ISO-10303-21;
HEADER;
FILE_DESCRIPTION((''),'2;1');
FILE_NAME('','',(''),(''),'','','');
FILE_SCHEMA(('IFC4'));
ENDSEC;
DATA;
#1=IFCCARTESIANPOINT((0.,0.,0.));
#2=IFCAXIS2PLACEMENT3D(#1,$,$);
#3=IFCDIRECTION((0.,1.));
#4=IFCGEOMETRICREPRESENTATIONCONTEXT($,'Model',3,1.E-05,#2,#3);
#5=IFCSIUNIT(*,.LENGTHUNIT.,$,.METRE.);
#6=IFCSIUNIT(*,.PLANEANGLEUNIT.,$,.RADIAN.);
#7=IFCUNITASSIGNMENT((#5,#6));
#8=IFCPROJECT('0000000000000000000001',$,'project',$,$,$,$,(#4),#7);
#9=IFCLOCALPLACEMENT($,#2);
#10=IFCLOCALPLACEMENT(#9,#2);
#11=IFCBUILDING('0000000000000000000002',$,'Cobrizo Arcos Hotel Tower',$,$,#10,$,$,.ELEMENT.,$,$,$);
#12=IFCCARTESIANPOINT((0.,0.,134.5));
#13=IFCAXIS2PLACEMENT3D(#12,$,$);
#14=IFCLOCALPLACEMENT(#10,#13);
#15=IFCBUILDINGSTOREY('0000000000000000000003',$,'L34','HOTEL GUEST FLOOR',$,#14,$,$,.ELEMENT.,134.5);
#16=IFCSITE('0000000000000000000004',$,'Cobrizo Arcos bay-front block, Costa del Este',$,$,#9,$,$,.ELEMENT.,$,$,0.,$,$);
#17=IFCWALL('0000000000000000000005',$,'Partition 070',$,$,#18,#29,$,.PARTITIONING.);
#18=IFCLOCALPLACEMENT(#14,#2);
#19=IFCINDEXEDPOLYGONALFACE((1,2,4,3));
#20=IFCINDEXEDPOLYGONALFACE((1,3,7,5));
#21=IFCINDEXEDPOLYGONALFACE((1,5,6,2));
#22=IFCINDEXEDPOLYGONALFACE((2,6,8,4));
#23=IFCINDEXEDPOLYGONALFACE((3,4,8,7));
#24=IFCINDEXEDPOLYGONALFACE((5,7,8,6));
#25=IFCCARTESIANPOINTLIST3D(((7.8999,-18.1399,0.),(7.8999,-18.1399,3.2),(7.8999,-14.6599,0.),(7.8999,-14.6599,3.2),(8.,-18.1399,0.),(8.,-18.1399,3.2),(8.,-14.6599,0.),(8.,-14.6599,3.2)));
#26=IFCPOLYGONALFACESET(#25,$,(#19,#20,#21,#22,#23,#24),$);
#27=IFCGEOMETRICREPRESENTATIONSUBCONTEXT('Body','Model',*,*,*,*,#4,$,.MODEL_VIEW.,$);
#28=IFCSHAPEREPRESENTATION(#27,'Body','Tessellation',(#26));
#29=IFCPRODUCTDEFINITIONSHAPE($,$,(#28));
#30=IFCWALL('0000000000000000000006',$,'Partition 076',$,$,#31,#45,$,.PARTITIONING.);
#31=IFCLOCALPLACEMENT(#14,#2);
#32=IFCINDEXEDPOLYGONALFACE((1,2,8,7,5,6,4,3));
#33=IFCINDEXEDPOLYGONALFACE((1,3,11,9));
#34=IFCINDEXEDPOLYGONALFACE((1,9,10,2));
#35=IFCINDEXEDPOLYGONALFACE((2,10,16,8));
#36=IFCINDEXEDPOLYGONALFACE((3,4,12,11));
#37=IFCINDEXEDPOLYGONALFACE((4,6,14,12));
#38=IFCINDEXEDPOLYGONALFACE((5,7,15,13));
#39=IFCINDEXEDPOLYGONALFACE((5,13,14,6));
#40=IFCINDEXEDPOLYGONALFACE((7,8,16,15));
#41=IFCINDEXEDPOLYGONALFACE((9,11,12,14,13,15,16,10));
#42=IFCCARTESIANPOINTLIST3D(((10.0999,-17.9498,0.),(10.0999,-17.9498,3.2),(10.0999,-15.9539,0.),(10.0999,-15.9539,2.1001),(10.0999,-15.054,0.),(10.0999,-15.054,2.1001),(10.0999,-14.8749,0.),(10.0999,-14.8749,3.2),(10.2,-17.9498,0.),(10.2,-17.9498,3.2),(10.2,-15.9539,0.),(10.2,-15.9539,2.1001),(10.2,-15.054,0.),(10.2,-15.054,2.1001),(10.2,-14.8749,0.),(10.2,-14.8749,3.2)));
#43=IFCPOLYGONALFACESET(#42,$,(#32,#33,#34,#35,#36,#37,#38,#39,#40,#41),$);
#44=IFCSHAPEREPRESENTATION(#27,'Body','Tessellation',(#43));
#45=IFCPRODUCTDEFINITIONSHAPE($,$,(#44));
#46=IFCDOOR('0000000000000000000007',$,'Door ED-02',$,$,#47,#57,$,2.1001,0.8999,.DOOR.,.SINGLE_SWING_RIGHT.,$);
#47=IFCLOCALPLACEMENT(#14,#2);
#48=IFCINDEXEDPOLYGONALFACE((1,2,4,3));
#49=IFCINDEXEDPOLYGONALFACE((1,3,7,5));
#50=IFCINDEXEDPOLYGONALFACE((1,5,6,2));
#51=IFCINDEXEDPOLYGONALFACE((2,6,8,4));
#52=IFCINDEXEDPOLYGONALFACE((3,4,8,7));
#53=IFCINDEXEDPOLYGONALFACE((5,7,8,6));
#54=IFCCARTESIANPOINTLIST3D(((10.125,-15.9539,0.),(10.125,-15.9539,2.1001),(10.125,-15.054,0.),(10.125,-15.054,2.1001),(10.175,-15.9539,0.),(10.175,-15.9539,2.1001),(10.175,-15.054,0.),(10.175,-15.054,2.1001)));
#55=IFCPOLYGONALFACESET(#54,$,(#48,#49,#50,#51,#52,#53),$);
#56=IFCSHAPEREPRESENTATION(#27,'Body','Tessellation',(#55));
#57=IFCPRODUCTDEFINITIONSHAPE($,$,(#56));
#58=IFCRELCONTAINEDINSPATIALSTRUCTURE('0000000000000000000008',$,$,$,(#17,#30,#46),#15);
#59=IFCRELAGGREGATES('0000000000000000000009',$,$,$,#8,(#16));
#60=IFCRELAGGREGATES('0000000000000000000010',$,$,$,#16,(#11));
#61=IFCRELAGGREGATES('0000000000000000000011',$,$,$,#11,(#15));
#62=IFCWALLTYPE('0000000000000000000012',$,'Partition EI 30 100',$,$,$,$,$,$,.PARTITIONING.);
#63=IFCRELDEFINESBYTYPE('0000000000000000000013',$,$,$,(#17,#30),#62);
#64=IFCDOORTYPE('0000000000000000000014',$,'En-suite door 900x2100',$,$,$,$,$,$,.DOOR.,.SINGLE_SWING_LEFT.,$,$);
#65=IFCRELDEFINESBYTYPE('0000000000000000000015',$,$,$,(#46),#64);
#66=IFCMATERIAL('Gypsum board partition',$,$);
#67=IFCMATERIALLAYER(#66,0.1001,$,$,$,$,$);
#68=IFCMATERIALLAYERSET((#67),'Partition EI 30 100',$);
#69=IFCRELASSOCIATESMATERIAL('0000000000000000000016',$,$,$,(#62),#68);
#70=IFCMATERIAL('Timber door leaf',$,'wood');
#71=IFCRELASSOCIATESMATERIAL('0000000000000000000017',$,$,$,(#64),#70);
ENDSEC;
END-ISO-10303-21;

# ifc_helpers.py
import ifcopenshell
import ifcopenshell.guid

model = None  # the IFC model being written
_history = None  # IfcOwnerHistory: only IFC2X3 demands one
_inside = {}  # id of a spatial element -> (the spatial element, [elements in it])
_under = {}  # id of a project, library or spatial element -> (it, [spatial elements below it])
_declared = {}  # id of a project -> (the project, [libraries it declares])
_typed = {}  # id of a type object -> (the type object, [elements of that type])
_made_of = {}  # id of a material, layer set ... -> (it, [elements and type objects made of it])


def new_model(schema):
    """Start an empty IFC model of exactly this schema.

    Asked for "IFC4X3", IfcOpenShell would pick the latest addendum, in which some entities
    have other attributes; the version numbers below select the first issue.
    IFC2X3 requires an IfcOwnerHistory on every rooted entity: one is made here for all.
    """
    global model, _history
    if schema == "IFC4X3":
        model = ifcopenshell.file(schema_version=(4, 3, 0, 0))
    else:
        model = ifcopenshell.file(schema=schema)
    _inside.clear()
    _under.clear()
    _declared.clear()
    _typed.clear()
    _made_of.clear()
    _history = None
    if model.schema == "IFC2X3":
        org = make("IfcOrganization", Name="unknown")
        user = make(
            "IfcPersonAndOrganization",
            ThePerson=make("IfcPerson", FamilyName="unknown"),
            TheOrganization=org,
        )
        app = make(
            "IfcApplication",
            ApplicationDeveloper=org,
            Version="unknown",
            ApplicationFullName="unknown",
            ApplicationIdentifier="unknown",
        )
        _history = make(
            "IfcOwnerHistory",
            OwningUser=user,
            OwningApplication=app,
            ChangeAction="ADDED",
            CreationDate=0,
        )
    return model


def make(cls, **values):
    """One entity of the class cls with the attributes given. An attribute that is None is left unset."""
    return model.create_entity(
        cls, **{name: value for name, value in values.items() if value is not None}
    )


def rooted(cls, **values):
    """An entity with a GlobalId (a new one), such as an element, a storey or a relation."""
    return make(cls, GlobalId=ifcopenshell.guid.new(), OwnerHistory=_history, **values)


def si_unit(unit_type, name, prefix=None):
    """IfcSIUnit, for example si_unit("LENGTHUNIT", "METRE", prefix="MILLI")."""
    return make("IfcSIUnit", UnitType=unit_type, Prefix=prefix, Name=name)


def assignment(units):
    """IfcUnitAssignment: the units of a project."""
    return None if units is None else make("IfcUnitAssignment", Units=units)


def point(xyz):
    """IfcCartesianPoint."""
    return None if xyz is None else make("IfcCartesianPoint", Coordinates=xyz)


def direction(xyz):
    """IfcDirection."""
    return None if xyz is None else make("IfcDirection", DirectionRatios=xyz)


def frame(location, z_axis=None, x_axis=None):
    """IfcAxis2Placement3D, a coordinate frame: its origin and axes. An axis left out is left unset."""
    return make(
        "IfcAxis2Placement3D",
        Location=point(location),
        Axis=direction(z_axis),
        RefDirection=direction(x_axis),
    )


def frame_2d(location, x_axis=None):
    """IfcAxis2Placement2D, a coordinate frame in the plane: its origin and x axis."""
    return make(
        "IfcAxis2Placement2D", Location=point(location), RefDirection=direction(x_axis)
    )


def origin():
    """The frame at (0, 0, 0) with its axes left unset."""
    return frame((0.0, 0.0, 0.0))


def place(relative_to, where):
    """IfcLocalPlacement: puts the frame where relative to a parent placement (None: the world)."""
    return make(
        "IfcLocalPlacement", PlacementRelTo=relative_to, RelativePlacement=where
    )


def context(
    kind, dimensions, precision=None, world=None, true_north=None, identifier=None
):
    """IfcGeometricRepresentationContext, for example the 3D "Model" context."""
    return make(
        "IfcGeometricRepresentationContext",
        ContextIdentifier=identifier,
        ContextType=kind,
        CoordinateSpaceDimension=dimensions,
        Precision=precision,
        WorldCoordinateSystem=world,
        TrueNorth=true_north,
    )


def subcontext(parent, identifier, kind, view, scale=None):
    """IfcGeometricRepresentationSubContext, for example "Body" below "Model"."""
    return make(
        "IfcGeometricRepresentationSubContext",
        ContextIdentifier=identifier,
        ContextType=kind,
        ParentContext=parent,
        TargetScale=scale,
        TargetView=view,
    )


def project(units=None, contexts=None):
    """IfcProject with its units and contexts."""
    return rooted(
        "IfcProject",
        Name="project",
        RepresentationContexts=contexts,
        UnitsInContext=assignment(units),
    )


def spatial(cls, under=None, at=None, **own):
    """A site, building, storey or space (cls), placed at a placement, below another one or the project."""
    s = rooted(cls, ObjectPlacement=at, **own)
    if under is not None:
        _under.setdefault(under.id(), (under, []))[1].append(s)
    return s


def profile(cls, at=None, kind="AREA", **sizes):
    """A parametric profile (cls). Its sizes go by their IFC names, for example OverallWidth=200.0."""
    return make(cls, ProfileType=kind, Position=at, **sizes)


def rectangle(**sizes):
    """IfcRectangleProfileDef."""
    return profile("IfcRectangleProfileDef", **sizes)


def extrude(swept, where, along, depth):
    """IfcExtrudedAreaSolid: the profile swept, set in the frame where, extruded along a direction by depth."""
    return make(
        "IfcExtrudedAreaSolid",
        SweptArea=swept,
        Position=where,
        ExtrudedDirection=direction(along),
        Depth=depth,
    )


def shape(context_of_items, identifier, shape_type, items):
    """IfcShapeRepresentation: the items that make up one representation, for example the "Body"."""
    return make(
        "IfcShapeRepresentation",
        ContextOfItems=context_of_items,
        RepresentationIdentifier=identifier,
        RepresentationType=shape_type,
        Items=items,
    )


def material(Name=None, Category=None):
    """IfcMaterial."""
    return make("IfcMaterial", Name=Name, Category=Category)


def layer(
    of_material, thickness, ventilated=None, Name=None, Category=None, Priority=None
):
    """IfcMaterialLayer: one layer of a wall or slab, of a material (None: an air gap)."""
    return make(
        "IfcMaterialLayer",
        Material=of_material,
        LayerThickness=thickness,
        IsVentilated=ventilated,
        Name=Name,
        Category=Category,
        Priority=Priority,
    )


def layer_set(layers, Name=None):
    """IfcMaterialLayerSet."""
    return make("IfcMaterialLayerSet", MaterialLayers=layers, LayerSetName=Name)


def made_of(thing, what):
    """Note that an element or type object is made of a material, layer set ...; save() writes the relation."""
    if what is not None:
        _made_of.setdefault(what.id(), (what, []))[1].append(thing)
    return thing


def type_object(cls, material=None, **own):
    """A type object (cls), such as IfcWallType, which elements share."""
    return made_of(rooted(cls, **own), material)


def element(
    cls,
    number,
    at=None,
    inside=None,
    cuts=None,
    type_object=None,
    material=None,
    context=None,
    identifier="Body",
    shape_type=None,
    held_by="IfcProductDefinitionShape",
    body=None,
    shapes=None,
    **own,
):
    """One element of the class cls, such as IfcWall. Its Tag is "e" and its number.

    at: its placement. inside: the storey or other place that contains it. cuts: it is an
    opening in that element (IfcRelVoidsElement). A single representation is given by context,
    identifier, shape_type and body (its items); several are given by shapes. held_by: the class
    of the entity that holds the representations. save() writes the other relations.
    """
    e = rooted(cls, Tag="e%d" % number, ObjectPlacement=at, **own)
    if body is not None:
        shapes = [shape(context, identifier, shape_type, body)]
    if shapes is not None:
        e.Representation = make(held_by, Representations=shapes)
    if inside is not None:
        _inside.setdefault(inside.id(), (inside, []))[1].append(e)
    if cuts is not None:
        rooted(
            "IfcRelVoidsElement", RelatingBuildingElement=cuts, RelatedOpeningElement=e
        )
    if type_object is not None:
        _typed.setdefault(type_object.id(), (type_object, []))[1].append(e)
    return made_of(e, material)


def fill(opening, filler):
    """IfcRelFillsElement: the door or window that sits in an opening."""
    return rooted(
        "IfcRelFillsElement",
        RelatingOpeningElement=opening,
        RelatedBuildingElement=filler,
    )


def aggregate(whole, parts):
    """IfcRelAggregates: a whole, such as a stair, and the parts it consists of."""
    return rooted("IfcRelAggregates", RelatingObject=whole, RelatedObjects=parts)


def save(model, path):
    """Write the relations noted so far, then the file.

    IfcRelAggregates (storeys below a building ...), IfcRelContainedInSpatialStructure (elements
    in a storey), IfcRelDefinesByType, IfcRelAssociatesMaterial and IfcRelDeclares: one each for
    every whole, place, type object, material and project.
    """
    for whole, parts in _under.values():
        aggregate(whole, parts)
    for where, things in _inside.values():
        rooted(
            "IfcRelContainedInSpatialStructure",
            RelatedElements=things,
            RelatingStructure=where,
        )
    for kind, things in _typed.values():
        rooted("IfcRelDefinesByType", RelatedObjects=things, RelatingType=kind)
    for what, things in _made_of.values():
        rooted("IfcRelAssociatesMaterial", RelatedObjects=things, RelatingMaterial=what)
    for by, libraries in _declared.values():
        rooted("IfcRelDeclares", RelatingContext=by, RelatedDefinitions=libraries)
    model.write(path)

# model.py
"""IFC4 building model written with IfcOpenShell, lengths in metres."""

from ifc_helpers import new_model, si_unit, direction, frame, frame_2d, origin, place, context, subcontext, project, spatial, rectangle, extrude, material, layer, layer_set, type_object, element, fill, save


model = new_model("IFC4")

# Units and contexts
model_context = context("Model", 3, precision=1e-05, world=origin(), true_north=direction((0.0, 1.0)))
body_context = subcontext(model_context, "Body", "Model", "MODEL_VIEW")
ifc_project = project(units=[si_unit("LENGTHUNIT", "METRE"), si_unit("PLANEANGLEUNIT", "RADIAN")], contexts=[model_context])

# Site, building, storey
site_placement = place(None, origin())
site = spatial("IfcSite", under=ifc_project, at=site_placement, Name="Cobrizo Arcos bay-front block, Costa del Este", CompositionType="ELEMENT", RefElevation=0.0)
building_placement = place(site_placement, origin())
building = spatial("IfcBuilding", under=site, at=building_placement, Name="Cobrizo Arcos Hotel Tower", CompositionType="ELEMENT")
storey_placement = place(building_placement, frame((0.0, 0.0, 134.5)))
storey = spatial("IfcBuildingStorey", under=building, at=storey_placement, Name="L34", Description="HOTEL GUEST FLOOR", CompositionType="ELEMENT", Elevation=134.5)

# Shared definitions
ifc_material_1 = material(Name="Gypsum board partition")
ifc_material_2 = material(Name="Timber door leaf", Category="wood")

# Wall
ifc_layer_1 = layer(ifc_material_1, 0.1001)
ifc_layer_set_1 = layer_set([ifc_layer_1], Name="Partition EI 30 100")
wall_type_1 = type_object("IfcWallType", Name="Partition EI 30 100", PredefinedType="PARTITIONING", material=ifc_layer_set_1)
wall_1_placement = place(storey_placement, frame((7.95, -18.1399, 0.0), z_axis=(0.0, 0.0, 1.0), x_axis=(0.0, 1.0, 0.0)))
element("IfcWall", 1, at=wall_1_placement, inside=storey, type_object=wall_type_1, Name="Partition 070", PredefinedType="PARTITIONING", context=body_context, shape_type="SweptSolid", body=[
    extrude(rectangle(XDim=3.48, YDim=0.1001, at=frame_2d((1.74, 0.0))), origin(), (0.0, 0.0, 1.0), 3.2),
])

# Wall, opening, door
wall_2_placement = place(storey_placement, frame((10.1499, -17.95, 0.0), z_axis=(0.0, 0.0, 1.0), x_axis=(0.0, 1.0, 0.0)))
wall_2 = element("IfcWall", 2, at=wall_2_placement, inside=storey, type_object=wall_type_1, Name="Partition 076", PredefinedType="PARTITIONING", context=body_context, shape_type="SweptSolid", body=[
    extrude(rectangle(XDim=3.075, YDim=0.1001, at=frame_2d((1.5376, 0.0))), origin(), (0.0, 0.0, 1.0), 3.2),
])
opening_1_placement = place(wall_2_placement, frame((1.9961, 0.0, 0.0)))
opening_1 = element("IfcOpeningElement", 3, at=opening_1_placement, cuts=wall_2, PredefinedType="OPENING", context=body_context, shape_type="SweptSolid", body=[
    extrude(rectangle(XDim=0.8999, YDim=2.1001, at=frame_2d((0.45, 1.05))), frame((0.0, 0.062, 0.0), z_axis=(0.0, -1.0, 0.0), x_axis=(1.0, 0.0, 0.0)), (0.0, 0.0, 1.0), 0.124),
])
door_type_1 = type_object("IfcDoorType", Name="En-suite door 900x2100", OperationType="SINGLE_SWING_LEFT", PredefinedType="DOOR", material=ifc_material_2)
door_1_placement = place(opening_1_placement, origin())
door_1 = element("IfcDoor", 4, at=door_1_placement, inside=storey, type_object=door_type_1, Name="Door ED-02", OperationType="SINGLE_SWING_RIGHT", OverallHeight=2.1001, OverallWidth=0.8999, PredefinedType="DOOR", context=body_context, shape_type="SweptSolid", body=[
    extrude(rectangle(XDim=0.8999, YDim=2.1001, at=frame_2d((0.45, 1.05))), frame((0.0, 0.0249, 0.0), z_axis=(0.0, -1.0, 0.0), x_axis=(1.0, 0.0, 0.0)), (0.0, 0.0, 1.0), 0.05),
])
fill(opening_1, door_1)

save(model, "model.ifc")
